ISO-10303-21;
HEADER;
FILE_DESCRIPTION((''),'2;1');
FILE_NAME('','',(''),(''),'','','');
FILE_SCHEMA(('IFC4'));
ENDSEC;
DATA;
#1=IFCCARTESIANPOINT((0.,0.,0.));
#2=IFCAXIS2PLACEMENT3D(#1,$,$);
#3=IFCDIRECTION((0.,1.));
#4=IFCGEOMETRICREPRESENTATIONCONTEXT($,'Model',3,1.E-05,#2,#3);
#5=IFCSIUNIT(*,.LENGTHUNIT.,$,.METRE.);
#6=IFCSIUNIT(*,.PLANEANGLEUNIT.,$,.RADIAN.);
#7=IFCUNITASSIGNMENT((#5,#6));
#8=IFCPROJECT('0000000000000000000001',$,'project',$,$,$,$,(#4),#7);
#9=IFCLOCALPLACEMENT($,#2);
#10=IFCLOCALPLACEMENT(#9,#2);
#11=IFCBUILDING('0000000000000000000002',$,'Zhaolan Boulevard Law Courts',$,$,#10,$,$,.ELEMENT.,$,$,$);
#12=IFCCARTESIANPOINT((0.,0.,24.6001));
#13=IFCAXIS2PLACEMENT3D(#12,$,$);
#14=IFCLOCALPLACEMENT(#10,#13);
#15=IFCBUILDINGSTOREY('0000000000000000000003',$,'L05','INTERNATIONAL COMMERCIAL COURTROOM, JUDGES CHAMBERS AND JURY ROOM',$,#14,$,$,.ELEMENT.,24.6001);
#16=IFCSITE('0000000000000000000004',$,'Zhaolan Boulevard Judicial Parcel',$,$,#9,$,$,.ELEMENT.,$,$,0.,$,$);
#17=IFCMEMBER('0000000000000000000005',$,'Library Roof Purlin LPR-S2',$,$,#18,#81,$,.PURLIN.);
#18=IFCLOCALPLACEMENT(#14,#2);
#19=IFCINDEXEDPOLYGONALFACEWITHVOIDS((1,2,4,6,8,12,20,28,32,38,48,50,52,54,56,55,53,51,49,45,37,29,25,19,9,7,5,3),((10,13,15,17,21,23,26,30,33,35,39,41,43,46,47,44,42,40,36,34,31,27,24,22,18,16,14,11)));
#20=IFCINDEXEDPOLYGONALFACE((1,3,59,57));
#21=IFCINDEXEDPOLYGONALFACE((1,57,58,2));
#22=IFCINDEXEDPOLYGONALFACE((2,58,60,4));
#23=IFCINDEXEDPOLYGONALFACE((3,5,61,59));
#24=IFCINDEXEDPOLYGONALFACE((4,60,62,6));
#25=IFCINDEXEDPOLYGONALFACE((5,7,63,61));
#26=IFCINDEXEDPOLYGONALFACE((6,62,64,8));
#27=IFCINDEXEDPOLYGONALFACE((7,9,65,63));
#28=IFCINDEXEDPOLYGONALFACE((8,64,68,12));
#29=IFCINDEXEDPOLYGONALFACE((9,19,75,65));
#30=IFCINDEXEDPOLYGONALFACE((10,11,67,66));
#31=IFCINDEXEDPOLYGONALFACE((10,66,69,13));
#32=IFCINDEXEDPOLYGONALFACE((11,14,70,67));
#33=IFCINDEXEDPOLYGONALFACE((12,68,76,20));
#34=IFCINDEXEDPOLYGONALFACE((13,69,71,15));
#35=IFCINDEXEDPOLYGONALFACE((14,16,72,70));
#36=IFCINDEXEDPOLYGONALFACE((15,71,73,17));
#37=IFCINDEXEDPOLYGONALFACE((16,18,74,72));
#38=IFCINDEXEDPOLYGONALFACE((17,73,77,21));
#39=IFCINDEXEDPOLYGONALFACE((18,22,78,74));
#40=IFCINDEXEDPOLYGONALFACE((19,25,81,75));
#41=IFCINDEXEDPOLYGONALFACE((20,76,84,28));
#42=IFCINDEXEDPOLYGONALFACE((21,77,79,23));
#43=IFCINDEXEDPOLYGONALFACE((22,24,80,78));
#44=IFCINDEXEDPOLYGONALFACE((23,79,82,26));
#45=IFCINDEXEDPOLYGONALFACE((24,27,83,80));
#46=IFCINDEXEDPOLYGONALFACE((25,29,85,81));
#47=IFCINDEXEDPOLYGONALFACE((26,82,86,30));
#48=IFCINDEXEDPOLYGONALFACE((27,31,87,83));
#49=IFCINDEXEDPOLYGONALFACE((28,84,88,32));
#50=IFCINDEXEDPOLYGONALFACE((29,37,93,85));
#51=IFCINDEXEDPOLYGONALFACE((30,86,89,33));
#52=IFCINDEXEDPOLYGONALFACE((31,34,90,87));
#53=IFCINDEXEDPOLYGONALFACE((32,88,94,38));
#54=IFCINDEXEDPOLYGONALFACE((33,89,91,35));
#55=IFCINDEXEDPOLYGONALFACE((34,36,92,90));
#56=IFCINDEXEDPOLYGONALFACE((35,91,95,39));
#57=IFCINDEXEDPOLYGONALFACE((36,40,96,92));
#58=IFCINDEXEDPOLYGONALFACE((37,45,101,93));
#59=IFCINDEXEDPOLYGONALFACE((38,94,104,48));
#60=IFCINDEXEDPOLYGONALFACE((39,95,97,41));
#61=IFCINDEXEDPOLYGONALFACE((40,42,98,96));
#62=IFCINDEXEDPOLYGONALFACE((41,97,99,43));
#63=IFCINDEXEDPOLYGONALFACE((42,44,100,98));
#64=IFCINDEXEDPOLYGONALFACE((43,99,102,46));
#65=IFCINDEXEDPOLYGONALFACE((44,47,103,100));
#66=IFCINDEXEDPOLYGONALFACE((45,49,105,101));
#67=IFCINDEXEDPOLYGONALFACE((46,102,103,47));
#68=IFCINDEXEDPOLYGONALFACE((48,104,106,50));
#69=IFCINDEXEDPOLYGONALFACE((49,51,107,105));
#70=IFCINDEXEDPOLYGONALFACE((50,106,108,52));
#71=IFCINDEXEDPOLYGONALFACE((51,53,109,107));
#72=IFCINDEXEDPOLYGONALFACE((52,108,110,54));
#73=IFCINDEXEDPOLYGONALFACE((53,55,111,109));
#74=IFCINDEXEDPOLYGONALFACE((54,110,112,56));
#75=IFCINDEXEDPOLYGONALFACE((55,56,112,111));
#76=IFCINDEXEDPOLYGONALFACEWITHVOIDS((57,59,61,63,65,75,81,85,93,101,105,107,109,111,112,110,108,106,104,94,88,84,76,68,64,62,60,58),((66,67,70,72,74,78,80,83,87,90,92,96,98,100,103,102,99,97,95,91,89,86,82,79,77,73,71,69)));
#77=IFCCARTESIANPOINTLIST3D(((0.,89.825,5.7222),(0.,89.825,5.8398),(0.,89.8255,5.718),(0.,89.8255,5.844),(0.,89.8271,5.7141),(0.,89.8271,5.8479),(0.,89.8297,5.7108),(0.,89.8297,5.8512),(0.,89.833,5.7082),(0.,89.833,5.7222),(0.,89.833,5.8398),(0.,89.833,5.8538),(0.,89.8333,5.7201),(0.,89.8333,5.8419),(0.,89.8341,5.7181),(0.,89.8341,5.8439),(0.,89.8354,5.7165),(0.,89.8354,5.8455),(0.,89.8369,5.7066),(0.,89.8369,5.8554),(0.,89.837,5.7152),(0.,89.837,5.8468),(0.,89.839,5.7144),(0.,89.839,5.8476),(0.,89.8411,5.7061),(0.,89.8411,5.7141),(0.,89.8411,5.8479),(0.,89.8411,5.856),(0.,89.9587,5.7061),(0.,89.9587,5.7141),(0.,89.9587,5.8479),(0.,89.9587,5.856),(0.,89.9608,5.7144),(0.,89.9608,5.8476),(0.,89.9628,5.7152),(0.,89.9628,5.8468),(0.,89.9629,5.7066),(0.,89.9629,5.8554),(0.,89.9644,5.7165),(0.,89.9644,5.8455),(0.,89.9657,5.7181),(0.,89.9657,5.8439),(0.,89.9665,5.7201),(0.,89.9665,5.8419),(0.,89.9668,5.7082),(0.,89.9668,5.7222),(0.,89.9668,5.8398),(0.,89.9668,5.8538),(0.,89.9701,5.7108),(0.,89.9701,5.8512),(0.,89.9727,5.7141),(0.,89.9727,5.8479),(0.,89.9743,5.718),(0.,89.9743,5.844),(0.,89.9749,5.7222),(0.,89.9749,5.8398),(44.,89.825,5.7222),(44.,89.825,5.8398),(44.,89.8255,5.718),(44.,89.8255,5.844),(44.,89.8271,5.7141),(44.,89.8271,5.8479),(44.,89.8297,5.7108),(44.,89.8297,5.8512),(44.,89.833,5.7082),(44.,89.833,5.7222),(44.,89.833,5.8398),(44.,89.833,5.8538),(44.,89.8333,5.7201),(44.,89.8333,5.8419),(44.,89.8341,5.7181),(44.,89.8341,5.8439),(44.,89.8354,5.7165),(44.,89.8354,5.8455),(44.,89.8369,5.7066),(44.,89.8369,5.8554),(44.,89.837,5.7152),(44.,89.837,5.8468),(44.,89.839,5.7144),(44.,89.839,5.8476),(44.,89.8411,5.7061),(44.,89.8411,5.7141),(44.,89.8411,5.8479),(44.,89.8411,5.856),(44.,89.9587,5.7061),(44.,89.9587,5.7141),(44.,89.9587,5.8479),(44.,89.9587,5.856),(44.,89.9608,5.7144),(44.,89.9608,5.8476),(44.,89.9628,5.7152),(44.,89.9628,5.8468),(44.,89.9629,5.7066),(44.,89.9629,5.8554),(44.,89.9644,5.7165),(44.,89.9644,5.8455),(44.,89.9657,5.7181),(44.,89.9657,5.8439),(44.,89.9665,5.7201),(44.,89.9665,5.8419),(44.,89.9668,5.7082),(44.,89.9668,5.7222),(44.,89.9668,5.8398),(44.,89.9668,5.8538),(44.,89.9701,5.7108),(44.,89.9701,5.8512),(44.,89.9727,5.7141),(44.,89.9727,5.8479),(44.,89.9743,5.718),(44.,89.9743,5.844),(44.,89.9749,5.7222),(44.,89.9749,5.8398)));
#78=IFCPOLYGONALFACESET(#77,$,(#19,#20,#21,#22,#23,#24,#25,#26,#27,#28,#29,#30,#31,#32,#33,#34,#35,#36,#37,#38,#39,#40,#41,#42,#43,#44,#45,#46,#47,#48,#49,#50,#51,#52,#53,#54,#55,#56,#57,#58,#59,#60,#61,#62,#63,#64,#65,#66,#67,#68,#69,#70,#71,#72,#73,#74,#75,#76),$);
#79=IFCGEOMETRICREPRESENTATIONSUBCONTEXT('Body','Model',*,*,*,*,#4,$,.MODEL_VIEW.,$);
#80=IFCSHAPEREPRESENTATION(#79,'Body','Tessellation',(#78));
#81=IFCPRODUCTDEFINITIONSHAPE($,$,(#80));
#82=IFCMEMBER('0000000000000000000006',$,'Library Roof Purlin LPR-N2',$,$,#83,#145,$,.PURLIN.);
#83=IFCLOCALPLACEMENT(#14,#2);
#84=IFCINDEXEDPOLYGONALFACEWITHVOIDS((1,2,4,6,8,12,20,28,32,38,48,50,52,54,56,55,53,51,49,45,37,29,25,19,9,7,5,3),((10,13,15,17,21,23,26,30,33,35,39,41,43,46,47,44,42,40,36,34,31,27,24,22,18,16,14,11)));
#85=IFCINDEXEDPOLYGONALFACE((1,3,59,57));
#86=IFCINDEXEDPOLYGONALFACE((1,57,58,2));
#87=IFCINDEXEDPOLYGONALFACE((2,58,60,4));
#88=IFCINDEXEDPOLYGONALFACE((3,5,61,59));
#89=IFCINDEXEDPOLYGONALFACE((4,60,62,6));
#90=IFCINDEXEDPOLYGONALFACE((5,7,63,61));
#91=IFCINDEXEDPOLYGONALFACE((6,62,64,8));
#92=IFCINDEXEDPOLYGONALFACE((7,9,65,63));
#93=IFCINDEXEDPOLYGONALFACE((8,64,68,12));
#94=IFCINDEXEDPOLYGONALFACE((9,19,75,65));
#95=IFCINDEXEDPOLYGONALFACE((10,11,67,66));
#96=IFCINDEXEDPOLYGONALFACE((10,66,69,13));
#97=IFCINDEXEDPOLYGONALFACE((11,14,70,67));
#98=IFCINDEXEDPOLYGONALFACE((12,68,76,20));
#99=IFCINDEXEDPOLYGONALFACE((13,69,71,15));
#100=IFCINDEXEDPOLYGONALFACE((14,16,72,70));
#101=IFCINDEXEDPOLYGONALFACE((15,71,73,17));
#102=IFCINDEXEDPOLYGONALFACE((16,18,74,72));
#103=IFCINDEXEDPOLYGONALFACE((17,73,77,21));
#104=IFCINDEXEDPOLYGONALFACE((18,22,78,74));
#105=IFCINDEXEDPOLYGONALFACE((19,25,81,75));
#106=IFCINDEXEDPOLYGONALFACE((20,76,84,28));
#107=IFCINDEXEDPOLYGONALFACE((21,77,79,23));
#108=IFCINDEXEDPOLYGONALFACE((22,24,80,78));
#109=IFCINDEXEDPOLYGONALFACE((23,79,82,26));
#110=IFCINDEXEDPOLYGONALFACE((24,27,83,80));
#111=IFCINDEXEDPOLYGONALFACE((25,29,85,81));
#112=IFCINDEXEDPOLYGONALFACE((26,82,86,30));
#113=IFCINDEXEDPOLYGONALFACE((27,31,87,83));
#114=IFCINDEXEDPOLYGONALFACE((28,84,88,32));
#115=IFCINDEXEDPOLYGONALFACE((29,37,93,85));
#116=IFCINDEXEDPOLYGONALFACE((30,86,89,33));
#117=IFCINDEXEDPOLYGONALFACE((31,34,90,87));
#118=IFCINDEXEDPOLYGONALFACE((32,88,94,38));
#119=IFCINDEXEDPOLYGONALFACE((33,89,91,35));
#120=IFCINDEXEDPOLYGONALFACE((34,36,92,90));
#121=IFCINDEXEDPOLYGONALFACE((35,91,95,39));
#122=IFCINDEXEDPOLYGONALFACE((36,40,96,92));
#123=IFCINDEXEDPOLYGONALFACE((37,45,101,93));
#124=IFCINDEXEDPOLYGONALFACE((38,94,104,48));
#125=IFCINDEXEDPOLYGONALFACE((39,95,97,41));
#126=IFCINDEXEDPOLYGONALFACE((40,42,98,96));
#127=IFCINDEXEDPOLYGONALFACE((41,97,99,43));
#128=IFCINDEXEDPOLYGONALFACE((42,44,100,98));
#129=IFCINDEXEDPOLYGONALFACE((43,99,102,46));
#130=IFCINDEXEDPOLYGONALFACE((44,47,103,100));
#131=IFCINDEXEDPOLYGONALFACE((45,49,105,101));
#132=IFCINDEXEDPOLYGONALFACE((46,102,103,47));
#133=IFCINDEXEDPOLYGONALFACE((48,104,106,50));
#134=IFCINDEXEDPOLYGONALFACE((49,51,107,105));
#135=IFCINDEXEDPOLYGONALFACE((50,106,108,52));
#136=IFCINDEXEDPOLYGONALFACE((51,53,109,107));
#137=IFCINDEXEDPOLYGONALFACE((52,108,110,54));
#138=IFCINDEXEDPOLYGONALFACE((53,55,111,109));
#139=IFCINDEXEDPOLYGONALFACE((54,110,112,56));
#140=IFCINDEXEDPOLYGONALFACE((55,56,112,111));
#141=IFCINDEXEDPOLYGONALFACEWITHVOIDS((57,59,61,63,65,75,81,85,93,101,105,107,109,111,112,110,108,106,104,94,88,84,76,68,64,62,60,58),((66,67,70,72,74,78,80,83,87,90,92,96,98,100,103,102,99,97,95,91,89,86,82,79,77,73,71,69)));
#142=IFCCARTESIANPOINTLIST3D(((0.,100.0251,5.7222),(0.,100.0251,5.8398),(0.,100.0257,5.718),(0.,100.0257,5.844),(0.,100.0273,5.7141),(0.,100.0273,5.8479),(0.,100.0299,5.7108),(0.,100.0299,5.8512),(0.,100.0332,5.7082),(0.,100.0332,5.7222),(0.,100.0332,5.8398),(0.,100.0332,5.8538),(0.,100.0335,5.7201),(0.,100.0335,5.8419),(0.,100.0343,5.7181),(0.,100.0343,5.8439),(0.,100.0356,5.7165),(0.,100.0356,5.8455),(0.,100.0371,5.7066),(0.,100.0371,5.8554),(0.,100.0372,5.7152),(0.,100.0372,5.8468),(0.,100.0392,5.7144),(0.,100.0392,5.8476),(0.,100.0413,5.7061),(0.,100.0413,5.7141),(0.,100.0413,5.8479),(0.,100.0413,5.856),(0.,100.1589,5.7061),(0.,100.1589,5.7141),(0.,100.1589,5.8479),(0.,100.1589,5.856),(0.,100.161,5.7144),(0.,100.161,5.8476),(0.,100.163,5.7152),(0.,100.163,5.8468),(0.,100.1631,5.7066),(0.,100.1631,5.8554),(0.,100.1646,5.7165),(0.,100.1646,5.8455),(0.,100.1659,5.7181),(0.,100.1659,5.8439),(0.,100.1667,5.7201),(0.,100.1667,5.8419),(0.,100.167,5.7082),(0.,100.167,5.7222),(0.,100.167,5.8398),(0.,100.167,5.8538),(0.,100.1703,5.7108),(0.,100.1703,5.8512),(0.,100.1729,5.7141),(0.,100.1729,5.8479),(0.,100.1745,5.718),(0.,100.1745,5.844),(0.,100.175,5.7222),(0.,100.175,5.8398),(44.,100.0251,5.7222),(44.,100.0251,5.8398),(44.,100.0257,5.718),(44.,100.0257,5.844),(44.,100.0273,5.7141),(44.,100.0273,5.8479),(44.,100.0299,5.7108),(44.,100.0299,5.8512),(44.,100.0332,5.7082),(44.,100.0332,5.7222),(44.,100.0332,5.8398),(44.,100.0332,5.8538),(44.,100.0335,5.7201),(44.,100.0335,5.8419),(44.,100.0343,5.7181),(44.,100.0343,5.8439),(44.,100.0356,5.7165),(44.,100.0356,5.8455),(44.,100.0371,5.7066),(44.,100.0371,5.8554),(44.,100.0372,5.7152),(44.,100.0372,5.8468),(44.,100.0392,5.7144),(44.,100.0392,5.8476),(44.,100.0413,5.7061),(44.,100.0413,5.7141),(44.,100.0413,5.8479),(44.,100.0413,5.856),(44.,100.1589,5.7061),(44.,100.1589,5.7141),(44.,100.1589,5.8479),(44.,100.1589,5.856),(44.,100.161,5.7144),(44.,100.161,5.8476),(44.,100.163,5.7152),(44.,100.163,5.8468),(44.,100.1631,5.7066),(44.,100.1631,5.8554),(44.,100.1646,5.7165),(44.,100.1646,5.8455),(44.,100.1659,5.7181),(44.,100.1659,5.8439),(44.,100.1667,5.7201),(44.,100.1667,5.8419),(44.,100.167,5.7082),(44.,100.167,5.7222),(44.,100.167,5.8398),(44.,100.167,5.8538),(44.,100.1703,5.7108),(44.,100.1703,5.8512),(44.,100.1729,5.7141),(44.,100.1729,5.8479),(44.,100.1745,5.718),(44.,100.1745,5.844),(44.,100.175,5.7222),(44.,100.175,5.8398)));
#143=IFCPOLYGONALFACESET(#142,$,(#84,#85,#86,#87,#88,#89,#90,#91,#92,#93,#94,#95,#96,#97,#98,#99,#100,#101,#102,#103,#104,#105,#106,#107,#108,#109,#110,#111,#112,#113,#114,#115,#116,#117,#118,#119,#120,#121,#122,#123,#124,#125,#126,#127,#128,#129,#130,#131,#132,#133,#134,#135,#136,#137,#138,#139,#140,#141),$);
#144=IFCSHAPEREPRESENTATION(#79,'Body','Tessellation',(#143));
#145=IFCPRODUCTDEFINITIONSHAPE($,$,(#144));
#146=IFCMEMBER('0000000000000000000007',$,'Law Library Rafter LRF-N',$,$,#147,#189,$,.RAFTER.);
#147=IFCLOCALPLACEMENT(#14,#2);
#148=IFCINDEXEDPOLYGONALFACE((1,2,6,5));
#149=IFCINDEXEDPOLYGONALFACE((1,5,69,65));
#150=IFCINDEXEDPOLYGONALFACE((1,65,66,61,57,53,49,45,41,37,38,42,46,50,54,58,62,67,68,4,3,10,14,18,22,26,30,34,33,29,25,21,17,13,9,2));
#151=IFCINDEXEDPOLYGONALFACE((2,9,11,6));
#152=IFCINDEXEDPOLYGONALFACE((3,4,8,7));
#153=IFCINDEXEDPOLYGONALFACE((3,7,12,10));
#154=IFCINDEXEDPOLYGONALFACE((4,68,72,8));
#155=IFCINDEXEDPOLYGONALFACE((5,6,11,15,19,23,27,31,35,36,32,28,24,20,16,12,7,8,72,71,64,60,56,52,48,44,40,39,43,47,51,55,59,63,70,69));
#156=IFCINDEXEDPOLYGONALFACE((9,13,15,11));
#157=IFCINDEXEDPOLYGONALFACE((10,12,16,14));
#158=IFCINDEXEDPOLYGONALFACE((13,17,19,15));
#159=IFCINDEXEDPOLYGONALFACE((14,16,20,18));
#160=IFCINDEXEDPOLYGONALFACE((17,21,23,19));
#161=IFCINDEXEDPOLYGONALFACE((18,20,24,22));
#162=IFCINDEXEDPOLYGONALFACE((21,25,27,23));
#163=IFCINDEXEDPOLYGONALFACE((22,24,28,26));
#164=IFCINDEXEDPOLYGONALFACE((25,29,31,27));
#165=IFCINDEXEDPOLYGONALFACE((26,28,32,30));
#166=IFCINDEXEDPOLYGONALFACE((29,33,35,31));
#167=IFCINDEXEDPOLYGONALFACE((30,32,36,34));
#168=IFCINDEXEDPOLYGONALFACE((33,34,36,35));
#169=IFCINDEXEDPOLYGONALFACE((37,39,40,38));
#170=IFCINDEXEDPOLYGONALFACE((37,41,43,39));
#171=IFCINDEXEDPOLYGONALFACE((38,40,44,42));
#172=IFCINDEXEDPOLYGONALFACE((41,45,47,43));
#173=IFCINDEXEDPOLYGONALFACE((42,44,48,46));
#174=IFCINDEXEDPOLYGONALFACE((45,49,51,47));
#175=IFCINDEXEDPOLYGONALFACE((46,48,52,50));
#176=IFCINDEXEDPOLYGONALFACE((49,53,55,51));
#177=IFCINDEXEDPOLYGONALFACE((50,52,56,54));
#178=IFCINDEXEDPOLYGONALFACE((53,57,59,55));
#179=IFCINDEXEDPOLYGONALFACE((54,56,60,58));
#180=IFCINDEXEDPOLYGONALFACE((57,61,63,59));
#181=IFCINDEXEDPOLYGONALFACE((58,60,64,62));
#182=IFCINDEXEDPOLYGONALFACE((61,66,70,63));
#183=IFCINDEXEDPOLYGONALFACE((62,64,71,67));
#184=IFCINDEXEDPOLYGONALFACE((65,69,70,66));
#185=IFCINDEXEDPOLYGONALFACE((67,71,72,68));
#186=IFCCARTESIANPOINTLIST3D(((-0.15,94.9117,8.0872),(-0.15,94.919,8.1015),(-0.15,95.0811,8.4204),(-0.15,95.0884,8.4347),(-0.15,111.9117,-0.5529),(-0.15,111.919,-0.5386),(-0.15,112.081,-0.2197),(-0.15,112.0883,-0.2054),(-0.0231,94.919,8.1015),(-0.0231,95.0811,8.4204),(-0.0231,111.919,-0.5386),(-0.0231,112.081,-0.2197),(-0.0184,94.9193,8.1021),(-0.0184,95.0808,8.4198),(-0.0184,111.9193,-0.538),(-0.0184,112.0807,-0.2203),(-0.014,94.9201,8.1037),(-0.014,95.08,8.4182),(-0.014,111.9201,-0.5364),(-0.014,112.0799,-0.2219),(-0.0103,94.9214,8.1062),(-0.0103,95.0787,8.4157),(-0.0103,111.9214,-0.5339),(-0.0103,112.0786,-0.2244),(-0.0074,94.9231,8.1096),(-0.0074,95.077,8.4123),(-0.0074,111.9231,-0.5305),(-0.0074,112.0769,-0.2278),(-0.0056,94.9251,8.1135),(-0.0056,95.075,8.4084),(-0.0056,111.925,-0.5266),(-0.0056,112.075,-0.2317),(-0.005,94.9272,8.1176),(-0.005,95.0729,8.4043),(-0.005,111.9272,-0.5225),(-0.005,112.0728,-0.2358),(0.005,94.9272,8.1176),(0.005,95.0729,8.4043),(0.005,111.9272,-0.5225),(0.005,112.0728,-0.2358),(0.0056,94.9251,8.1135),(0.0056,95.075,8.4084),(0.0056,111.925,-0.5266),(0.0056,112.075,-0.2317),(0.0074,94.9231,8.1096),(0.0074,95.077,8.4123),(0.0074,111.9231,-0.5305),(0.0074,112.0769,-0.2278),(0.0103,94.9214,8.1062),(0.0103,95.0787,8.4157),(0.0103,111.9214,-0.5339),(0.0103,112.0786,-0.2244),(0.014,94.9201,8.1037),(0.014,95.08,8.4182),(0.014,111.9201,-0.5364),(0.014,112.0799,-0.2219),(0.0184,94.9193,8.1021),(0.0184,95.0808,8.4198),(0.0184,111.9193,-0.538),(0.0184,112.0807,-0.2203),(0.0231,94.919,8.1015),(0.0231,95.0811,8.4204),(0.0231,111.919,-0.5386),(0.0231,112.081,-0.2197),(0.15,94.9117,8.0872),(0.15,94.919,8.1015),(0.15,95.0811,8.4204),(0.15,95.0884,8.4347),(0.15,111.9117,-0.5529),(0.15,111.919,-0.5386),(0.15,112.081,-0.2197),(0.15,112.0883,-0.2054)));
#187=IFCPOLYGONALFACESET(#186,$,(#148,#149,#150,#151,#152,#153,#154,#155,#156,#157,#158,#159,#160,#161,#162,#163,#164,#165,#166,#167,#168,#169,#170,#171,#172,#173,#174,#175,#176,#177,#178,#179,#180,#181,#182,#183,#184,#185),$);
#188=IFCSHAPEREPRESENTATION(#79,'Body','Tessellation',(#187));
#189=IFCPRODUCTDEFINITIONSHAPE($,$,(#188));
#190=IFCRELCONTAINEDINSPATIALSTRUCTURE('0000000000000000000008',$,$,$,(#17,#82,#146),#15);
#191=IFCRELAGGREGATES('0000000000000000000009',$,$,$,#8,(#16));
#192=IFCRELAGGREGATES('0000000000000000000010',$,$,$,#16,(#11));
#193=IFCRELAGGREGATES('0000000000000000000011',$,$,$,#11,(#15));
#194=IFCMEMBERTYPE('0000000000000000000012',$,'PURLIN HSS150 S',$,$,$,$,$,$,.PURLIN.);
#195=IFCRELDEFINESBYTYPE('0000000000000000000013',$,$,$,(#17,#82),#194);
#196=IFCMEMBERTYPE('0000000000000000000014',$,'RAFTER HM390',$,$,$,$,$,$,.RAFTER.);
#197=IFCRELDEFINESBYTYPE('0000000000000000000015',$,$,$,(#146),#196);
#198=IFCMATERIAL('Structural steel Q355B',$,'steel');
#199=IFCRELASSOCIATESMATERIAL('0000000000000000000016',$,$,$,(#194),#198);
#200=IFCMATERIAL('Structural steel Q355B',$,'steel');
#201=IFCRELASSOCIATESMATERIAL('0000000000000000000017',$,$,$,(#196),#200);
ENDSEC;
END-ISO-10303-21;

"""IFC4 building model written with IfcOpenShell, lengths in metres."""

from ifc_helpers import new_model, si_unit, direction, frame, origin, origin_2d, place, context, subcontext, project, spatial, hollow_rectangle, i_section, extrude, material, material_profile, profile_set, type_object, element, save


model = new_model("IFC4")

# Units and contexts
model_context = context("Model", 3, precision=1e-05, world=origin(), true_north=direction((0.0, 1.0)))
body_context = subcontext(model_context, "Body", "Model", "MODEL_VIEW")
ifc_project = project(units=[si_unit("LENGTHUNIT", "METRE"), si_unit("PLANEANGLEUNIT", "RADIAN")], contexts=[model_context])

# Site, building, storey
site_placement = place(None, origin())
site = spatial("IfcSite", under=ifc_project, at=site_placement, Name="Zhaolan Boulevard Judicial Parcel", CompositionType="ELEMENT", RefElevation=0.0)
building_placement = place(site_placement, origin())
building = spatial("IfcBuilding", under=site, at=building_placement, Name="Zhaolan Boulevard Law Courts", CompositionType="ELEMENT")
storey_placement = place(building_placement, frame((0.0, 0.0, 24.6001)))
storey = spatial("IfcBuildingStorey", under=building, at=storey_placement, Name="L05", Description="INTERNATIONAL COMMERCIAL COURTROOM, JUDGES CHAMBERS AND JURY ROOM", CompositionType="ELEMENT", Elevation=24.6001)

# Members
ifc_material_1 = material(Name="Structural steel Q355B", Category="steel")
ifc_material_profile_1 = material_profile(ifc_material_1, hollow_rectangle(XDim=0.1499, YDim=0.1499, WallThickness=0.0081, InnerFilletRadius=0.0081, OuterFilletRadius=0.0161, at=origin_2d()), Name="HSS150x150x8")
ifc_profile_set_1 = profile_set([ifc_material_profile_1], Name="Structural steel Q355B")
member_type_1 = type_object("IfcMemberType", Name="PURLIN HSS150 S", PredefinedType="PURLIN", material=ifc_profile_set_1)
for number, where, z_axis, x_axis, name in (
    (1, (0.0, 89.8999, 5.781), (1.0, 0.0, 0.0), (0.0, 1.0, 0.0), "Library Roof Purlin LPR-S2"),
    (2, (0.0, 100.1001, 5.781), (1.0, 0.0, 0.0), (0.0, 1.0, 0.0), "Library Roof Purlin LPR-N2"),
):
    element("IfcMember", number, at=place(storey_placement, frame(where, z_axis=z_axis, x_axis=x_axis)), inside=storey, type_object=member_type_1, Name=name, PredefinedType="PURLIN", context=body_context, shape_type="SweptSolid", body=[
        extrude(hollow_rectangle(XDim=0.1499, YDim=0.1499, WallThickness=0.0081, InnerFilletRadius=0.0081, OuterFilletRadius=0.0161, at=origin_2d()), origin(), (0.0, 0.0, 1.0), 44.0),
    ])
ifc_material_2 = material(Name="Structural steel Q355B", Category="steel")
ifc_material_profile_2 = material_profile(ifc_material_2, i_section(OverallWidth=0.3, OverallDepth=0.3899, WebThickness=0.01, FlangeThickness=0.0161, FilletRadius=0.0181, at=origin_2d()), Name="HM390x300")
ifc_profile_set_2 = profile_set([ifc_material_profile_2], Name="Structural steel Q355B")
member_type_2 = type_object("IfcMemberType", Name="RAFTER HM390", PredefinedType="RAFTER", material=ifc_profile_set_2)
for number, where, z_axis, x_axis, name in (
    (3, (0.0, 112.0, -0.3792), (0.0, -0.891468, 0.453083), (1.0, 0.0, 0.0), "Law Library Rafter LRF-N"),
):
    element("IfcMember", number, at=place(storey_placement, frame(where, z_axis=z_axis, x_axis=x_axis)), inside=storey, type_object=member_type_2, Name=name, PredefinedType="RAFTER", context=body_context, shape_type="SweptSolid", body=[
        extrude(i_section(OverallWidth=0.3, OverallDepth=0.3899, WebThickness=0.01, FlangeThickness=0.0161, FilletRadius=0.0181, at=origin_2d()), origin(), (0.0, 0.0, 1.0), 19.0696),
    ])

save(model, "model.ifc")
